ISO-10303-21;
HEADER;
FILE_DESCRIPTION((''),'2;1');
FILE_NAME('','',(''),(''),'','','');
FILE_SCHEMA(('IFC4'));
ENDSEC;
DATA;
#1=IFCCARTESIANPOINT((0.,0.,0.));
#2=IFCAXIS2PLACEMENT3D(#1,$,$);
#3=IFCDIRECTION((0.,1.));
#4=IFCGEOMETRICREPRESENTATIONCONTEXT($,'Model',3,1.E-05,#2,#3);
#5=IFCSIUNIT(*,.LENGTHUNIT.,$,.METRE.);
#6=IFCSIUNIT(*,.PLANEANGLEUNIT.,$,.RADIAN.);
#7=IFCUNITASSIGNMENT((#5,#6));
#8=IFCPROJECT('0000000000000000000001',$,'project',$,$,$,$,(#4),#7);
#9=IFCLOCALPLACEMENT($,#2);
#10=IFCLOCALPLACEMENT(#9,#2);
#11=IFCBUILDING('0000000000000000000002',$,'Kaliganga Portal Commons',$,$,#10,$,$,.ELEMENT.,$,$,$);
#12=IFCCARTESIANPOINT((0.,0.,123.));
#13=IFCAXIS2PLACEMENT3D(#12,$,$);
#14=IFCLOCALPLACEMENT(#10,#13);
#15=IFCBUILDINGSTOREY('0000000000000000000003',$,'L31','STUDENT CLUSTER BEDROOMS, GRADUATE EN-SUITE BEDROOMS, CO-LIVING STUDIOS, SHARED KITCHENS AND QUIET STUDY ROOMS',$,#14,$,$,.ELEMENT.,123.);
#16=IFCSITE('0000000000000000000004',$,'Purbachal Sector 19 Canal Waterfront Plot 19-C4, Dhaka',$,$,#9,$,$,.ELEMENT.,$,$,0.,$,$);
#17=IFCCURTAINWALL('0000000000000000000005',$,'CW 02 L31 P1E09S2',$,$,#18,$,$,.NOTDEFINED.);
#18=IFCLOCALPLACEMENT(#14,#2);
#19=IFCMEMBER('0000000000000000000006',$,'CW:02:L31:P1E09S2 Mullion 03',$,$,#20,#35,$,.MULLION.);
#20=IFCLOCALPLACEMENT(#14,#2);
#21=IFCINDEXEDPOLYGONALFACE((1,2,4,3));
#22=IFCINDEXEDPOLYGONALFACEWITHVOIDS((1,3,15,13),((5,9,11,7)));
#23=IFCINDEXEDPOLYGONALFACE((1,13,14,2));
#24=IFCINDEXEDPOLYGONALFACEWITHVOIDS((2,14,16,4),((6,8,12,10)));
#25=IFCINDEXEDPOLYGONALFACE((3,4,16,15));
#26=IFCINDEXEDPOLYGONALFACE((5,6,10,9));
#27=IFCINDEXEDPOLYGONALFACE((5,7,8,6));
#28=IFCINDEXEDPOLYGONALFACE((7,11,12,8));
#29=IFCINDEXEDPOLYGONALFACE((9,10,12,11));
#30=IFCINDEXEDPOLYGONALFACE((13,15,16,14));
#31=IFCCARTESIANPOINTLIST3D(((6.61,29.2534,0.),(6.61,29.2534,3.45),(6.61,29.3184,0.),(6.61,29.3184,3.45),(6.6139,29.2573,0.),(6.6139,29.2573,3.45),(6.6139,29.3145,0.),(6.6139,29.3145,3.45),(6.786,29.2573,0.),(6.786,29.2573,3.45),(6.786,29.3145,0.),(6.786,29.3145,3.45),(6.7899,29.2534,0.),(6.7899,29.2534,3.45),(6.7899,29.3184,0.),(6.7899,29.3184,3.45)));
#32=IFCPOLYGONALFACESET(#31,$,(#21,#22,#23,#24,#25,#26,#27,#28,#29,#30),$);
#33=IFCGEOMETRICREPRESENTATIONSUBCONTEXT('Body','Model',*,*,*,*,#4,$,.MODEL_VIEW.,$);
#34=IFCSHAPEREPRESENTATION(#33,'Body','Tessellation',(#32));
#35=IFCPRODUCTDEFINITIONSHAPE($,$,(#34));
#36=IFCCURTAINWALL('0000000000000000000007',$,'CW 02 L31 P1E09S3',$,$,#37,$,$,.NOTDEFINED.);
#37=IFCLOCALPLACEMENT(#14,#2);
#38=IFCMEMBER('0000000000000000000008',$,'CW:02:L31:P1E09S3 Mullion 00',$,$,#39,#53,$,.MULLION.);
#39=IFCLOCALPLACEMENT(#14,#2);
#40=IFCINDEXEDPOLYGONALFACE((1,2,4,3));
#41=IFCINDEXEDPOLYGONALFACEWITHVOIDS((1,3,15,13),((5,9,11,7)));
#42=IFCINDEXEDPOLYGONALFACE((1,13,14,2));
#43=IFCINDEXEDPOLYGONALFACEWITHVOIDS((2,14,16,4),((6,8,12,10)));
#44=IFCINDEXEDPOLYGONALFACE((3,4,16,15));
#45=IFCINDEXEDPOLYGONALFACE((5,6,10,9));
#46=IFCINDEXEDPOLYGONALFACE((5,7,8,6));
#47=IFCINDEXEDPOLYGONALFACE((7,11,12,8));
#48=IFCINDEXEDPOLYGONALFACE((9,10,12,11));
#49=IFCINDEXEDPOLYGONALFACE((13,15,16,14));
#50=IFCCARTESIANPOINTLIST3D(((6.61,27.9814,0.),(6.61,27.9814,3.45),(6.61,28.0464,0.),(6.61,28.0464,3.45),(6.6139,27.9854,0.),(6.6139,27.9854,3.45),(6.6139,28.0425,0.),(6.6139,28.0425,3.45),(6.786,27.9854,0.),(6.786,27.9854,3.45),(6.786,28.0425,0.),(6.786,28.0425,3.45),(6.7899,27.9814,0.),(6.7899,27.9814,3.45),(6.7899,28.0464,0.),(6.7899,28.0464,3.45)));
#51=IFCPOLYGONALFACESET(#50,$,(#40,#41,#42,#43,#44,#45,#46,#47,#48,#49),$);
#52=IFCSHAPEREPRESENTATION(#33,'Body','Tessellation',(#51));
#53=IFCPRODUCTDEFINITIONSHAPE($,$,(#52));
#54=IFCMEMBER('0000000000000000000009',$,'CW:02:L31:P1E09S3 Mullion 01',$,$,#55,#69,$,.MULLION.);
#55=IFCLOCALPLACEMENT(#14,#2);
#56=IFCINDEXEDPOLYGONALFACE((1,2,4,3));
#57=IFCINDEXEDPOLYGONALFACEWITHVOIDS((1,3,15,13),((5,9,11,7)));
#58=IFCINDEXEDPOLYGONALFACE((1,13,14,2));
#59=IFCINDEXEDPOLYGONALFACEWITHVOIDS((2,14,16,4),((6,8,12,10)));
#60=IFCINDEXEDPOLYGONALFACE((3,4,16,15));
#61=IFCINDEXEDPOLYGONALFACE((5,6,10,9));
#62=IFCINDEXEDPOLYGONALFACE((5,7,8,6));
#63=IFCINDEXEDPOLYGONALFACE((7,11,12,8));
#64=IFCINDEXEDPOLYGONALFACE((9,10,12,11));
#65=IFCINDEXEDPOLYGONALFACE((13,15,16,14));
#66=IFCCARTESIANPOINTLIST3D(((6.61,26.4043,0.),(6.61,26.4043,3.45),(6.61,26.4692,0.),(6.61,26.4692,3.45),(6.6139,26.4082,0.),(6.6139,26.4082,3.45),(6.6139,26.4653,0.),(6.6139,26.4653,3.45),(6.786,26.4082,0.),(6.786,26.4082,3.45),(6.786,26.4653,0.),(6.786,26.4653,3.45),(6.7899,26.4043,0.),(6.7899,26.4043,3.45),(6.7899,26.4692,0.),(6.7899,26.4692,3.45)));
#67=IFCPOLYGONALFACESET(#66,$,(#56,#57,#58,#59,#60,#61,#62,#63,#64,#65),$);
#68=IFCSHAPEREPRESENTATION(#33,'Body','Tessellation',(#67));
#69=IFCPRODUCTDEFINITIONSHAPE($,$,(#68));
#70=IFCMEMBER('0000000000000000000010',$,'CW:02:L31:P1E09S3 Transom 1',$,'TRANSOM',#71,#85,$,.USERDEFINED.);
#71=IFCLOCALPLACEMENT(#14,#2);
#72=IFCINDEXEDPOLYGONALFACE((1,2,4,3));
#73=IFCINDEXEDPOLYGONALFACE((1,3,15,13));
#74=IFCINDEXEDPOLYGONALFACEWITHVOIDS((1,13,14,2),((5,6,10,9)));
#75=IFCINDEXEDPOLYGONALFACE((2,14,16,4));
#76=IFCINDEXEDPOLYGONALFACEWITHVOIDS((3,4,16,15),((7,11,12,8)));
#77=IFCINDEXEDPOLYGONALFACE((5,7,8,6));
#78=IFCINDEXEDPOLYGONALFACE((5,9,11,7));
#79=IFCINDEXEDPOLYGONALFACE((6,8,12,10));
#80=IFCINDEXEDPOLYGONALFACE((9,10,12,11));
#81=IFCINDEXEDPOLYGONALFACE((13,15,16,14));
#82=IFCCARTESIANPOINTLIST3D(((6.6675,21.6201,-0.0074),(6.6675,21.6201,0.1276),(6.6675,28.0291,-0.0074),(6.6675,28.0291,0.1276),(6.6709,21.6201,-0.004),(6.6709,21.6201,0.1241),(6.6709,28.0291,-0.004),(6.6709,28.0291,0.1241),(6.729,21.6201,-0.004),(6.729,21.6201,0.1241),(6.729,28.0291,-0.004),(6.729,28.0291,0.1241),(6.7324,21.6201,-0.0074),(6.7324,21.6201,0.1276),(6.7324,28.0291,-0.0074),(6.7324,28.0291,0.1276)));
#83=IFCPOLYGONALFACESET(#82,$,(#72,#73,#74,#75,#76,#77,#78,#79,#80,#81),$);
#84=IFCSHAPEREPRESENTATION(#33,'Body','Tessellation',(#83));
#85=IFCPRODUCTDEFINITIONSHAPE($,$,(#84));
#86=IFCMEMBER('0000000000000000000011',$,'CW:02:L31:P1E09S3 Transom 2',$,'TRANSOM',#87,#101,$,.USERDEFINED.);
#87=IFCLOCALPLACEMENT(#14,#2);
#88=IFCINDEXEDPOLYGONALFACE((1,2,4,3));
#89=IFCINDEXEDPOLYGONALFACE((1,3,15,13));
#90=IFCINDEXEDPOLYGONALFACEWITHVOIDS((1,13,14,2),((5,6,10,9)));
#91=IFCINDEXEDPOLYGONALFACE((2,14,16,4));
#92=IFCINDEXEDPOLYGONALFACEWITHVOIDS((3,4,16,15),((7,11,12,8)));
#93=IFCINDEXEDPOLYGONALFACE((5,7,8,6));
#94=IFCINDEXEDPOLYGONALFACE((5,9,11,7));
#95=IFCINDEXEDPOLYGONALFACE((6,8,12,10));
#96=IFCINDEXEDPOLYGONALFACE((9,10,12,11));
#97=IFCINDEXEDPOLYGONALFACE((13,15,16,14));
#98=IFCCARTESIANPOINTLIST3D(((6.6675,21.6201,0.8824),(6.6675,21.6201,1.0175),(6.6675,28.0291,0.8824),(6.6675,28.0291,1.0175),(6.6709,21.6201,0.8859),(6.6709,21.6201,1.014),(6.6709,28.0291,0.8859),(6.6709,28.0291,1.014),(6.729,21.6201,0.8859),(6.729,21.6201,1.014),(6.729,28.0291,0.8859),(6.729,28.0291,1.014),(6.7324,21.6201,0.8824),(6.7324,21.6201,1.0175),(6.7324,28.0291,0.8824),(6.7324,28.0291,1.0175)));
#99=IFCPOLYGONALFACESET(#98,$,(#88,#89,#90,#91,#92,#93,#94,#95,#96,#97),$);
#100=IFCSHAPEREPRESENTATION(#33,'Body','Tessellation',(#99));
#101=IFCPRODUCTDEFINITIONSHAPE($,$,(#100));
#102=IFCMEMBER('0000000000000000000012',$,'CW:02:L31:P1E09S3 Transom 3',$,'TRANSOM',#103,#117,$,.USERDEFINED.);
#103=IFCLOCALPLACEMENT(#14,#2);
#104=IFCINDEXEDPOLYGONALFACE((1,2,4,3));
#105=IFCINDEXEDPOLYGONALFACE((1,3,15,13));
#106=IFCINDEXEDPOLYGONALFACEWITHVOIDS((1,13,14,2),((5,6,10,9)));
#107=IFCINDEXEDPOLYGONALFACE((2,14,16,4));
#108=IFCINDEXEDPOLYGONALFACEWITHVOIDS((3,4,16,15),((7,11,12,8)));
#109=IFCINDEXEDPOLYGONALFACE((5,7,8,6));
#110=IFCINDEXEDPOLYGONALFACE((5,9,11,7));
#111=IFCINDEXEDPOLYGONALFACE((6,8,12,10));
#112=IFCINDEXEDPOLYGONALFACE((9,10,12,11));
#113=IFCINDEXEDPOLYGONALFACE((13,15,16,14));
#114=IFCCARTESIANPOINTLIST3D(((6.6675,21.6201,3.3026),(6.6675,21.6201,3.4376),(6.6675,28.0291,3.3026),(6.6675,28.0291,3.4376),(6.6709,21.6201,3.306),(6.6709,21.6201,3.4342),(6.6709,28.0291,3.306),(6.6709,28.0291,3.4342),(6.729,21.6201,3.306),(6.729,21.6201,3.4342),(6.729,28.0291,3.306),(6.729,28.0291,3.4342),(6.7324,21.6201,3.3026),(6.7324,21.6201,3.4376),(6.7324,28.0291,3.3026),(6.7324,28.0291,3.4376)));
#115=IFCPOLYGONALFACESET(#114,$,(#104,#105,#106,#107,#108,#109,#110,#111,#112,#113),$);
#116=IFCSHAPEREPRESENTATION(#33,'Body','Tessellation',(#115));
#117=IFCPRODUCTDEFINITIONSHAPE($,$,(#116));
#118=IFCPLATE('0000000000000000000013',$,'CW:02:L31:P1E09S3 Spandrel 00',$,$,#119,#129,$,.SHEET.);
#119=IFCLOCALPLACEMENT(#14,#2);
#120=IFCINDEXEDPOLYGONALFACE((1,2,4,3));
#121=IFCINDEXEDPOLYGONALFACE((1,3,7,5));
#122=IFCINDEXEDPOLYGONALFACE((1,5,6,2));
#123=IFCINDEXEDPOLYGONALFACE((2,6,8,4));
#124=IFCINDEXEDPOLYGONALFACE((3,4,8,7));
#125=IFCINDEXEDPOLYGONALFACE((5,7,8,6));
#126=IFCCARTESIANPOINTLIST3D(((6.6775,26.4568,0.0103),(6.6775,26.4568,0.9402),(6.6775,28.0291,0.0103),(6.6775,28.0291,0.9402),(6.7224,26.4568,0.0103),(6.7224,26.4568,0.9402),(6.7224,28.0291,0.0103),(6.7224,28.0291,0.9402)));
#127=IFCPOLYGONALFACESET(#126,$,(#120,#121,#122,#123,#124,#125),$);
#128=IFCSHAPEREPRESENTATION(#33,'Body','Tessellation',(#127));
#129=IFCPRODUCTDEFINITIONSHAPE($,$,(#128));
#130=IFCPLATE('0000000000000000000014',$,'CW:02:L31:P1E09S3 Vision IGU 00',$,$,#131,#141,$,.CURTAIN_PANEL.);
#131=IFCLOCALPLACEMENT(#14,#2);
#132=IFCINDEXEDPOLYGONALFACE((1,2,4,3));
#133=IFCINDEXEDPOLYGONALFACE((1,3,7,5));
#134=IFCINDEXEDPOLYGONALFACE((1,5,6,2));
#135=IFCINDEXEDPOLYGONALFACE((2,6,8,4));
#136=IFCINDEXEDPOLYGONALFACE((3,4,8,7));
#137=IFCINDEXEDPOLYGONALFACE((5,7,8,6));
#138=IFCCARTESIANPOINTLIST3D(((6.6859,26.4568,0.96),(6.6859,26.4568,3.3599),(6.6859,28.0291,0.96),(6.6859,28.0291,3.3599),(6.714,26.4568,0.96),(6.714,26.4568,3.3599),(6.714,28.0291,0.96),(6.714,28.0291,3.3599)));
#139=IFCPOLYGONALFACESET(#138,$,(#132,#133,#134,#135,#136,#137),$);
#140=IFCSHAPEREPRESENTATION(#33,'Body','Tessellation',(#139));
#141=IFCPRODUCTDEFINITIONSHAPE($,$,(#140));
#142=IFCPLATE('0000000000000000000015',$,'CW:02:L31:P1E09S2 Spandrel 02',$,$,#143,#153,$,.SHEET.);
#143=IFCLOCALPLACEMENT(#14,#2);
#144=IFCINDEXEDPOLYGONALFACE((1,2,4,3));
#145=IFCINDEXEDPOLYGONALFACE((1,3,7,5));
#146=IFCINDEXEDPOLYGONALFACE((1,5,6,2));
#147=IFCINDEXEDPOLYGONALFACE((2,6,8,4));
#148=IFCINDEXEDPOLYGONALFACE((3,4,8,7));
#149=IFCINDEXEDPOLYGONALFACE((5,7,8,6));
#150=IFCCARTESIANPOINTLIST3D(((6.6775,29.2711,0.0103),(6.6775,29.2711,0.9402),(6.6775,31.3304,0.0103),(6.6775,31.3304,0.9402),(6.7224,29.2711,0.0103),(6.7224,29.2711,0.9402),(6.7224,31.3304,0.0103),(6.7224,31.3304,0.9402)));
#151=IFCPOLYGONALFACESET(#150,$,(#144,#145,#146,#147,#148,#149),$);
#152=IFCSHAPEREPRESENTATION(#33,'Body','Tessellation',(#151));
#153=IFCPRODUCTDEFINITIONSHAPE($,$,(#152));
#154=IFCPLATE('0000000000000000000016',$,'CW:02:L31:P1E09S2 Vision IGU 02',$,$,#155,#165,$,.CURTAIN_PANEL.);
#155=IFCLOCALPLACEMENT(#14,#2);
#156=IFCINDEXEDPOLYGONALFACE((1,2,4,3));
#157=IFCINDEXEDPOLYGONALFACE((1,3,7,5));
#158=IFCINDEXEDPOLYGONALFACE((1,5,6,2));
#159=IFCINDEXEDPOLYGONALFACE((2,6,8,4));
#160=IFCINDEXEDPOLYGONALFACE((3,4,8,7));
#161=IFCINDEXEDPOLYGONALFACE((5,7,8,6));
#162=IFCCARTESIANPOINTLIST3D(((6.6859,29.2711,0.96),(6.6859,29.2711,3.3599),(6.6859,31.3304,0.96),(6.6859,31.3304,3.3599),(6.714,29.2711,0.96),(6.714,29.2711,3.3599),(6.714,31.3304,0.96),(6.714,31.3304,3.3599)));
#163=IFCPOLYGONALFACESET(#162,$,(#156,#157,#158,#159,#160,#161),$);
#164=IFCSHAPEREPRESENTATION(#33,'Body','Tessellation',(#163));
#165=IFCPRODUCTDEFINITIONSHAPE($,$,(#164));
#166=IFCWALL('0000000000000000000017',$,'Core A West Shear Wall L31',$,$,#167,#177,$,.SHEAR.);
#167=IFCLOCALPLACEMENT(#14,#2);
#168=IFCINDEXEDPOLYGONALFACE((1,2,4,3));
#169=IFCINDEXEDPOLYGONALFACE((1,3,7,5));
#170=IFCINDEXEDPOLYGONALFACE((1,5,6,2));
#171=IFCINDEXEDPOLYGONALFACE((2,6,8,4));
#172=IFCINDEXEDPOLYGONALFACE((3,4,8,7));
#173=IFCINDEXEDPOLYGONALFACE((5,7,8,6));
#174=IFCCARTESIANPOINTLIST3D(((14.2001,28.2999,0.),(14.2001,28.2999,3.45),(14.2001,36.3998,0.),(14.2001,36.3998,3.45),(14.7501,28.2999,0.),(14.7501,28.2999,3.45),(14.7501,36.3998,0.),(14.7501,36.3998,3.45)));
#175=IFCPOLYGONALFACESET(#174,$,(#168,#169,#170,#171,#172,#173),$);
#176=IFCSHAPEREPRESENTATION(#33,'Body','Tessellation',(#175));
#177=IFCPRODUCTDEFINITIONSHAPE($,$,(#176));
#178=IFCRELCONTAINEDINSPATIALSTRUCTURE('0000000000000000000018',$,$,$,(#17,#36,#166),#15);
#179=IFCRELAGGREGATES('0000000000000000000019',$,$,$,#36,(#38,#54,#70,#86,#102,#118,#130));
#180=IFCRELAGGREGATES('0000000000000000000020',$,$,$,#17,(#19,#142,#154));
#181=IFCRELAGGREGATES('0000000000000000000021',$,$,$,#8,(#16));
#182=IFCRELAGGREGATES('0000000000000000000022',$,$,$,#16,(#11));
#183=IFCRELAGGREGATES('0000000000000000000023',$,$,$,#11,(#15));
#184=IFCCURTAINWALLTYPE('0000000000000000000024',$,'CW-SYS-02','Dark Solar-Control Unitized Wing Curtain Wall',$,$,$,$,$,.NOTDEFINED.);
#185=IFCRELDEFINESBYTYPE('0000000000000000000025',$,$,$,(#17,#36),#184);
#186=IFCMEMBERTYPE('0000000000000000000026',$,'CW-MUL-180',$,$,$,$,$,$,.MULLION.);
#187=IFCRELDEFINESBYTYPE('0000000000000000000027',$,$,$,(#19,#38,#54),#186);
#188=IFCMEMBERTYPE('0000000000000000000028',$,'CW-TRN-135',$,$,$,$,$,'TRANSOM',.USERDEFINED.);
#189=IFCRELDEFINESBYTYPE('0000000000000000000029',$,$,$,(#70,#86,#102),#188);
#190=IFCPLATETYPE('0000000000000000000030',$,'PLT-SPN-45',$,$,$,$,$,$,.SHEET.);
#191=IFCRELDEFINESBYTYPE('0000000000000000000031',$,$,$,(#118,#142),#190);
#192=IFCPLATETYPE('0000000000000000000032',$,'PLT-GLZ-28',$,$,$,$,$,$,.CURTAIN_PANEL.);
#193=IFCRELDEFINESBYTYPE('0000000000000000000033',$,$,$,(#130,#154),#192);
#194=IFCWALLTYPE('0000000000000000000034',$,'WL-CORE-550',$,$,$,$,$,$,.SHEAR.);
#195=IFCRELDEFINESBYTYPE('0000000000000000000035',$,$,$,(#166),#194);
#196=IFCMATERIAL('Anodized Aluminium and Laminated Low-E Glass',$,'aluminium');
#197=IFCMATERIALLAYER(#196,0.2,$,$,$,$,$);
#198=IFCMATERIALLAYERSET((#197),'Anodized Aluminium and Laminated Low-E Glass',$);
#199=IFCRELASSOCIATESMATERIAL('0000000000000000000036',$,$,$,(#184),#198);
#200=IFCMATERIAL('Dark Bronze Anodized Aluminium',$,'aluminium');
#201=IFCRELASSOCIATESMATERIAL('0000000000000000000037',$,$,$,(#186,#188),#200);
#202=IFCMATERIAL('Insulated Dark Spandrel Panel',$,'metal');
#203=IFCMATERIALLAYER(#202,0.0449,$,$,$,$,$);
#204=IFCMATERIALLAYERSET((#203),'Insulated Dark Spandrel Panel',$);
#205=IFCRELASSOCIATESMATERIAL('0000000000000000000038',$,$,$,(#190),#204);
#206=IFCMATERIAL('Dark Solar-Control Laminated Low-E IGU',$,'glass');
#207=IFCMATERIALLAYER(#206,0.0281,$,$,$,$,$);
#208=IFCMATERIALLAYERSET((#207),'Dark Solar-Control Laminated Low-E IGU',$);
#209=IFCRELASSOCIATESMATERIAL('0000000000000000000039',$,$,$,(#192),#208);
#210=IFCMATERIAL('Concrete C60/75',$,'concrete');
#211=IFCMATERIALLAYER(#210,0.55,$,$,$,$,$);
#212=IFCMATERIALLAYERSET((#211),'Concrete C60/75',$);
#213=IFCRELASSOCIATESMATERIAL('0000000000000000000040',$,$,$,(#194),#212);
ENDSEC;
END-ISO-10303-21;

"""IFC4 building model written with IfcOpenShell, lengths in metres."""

from ifc_helpers import new_model, si_unit, direction, frame, frame_2d, origin, origin_2d, place, context, subcontext, project, spatial, rectangle, hollow_rectangle, extrude, source, transform, mapped, material, layer, layer_set, material_profile, profile_set, type_object, element, aggregate, save


model = new_model("IFC4")

# Units and contexts
model_context = context("Model", 3, precision=1e-05, world=origin(), true_north=direction((0.0, 1.0)))
body_context = subcontext(model_context, "Body", "Model", "MODEL_VIEW")
ifc_project = project(units=[si_unit("LENGTHUNIT", "METRE"), si_unit("PLANEANGLEUNIT", "RADIAN")], contexts=[model_context])

# Site, building, storey
site_placement = place(None, origin())
site = spatial("IfcSite", under=ifc_project, at=site_placement, Name="Purbachal Sector 19 Canal Waterfront Plot 19-C4, Dhaka", CompositionType="ELEMENT", RefElevation=0.0)
building_placement = place(site_placement, origin())
building = spatial("IfcBuilding", under=site, at=building_placement, Name="Kaliganga Portal Commons", CompositionType="ELEMENT")
storey_placement = place(building_placement, frame((0.0, 0.0, 123.0)))
storey = spatial("IfcBuildingStorey", under=building, at=storey_placement, Name="L31", Description="STUDENT CLUSTER BEDROOMS, GRADUATE EN-SUITE BEDROOMS, CO-LIVING STUDIOS, SHARED KITCHENS AND QUIET STUDY ROOMS", CompositionType="ELEMENT", Elevation=123.0)

# Shared definitions
ifc_material_1 = material(Name="Concrete C60/75", Category="concrete")

# Curtain wall, member
ifc_material_2 = material(Name="Anodized Aluminium and Laminated Low-E Glass", Category="aluminium")
ifc_layer_1 = layer(ifc_material_2, 0.2)
ifc_layer_set_1 = layer_set([ifc_layer_1], Name="Anodized Aluminium and Laminated Low-E Glass")
curtain_wall_type = type_object("IfcCurtainWallType", Name="CW-SYS-02", Description="Dark Solar-Control Unitized Wing Curtain Wall", PredefinedType="NOTDEFINED", material=ifc_layer_set_1)
curtain_wall_1_placement = place(storey_placement, origin())
curtain_wall_1 = element("IfcCurtainWall", 1, at=curtain_wall_1_placement, inside=storey, type_object=curtain_wall_type, Name="CW 02 L31 P1E09S2", PredefinedType="NOTDEFINED")
ifc_material_3 = material(Name="Dark Bronze Anodized Aluminium", Category="aluminium")
ifc_material_profile_1 = material_profile(ifc_material_3, hollow_rectangle(XDim=0.0649, YDim=0.1799, WallThickness=0.0039, at=origin_2d()), Name="ALU MULL 65x180x4")
ifc_profile_set_1 = profile_set([ifc_material_profile_1], Name="Dark Bronze Anodized Aluminium")
member_type_1 = type_object("IfcMemberType", Name="CW-MUL-180", PredefinedType="MULLION", material=ifc_profile_set_1)
shared_shape_1 = source(origin(), body_context, "Body", "SweptSolid", [
    extrude(hollow_rectangle(XDim=0.0649, YDim=0.1799, WallThickness=0.0039, at=origin_2d()), origin(), (0.0, 0.0, 1.0), 3.45),
])
member_1_placement = place(storey_placement, frame((6.7, 29.2859, 0.0), z_axis=(0.0, 0.0, 1.0), x_axis=(0.0, -1.0, 0.0)))
member_1 = element("IfcMember", 2, at=member_1_placement, type_object=member_type_1, Name="CW:02:L31:P1E09S2 Mullion 03", PredefinedType="MULLION", context=body_context, shape_type="MappedRepresentation", body=[
    mapped(shared_shape_1, transform((0.0, 0.0, 0.0), x_axis=(1.0, 0.0, 0.0), y_axis=(0.0, 1.0, 0.0), z_axis=(0.0, 0.0, 1.0), scale=1.0)),
])

# Curtain wall, members, plates
curtain_wall_2_placement = place(storey_placement, origin())
curtain_wall_2 = element("IfcCurtainWall", 3, at=curtain_wall_2_placement, inside=storey, type_object=curtain_wall_type, Name="CW 02 L31 P1E09S3", PredefinedType="NOTDEFINED")
member_2_placement = place(storey_placement, frame((6.7, 28.0139, 0.0), z_axis=(0.0, 0.0, 1.0), x_axis=(0.0, -1.0, 0.0)))
member_2 = element("IfcMember", 4, at=member_2_placement, type_object=member_type_1, Name="CW:02:L31:P1E09S3 Mullion 00", PredefinedType="MULLION", context=body_context, shape_type="MappedRepresentation", body=[
    mapped(shared_shape_1, transform((0.0, 0.0, 0.0), x_axis=(1.0, 0.0, 0.0), y_axis=(0.0, 1.0, 0.0), z_axis=(0.0, 0.0, 1.0), scale=1.0)),
])
member_3_placement = place(storey_placement, frame((6.7, 26.4368, 0.0), z_axis=(0.0, 0.0, 1.0), x_axis=(0.0, -1.0, 0.0)))
member_3 = element("IfcMember", 5, at=member_3_placement, type_object=member_type_1, Name="CW:02:L31:P1E09S3 Mullion 01", PredefinedType="MULLION", context=body_context, shape_type="MappedRepresentation", body=[
    mapped(shared_shape_1, transform((0.0, 0.0, 0.0), x_axis=(1.0, 0.0, 0.0), y_axis=(0.0, 1.0, 0.0), z_axis=(0.0, 0.0, 1.0), scale=1.0)),
])
ifc_material_profile_2 = material_profile(ifc_material_3, hollow_rectangle(XDim=0.0649, YDim=0.135, WallThickness=0.0034, at=origin_2d()), Name="ALU TRAN 65x135x3.5")
ifc_profile_set_2 = profile_set([ifc_material_profile_2], Name="Dark Bronze Anodized Aluminium")
member_type_2 = type_object("IfcMemberType", Name="CW-TRN-135", ElementType="TRANSOM", PredefinedType="USERDEFINED", material=ifc_profile_set_2)
shared_shape_2 = source(origin(), body_context, "Body", "SweptSolid", [
    extrude(hollow_rectangle(XDim=0.0649, YDim=0.135, WallThickness=0.0034, at=origin_2d()), origin(), (0.0, 0.0, 1.0), 6.4089),
])
member_4_placement = place(storey_placement, frame((6.7, 28.0291, 0.0601), z_axis=(0.0, -1.0, 0.0), x_axis=(1.0, 0.0, 0.0)))
member_4 = element("IfcMember", 6, at=member_4_placement, type_object=member_type_2, Name="CW:02:L31:P1E09S3 Transom 1", ObjectType="TRANSOM", PredefinedType="USERDEFINED", context=body_context, shape_type="MappedRepresentation", body=[
    mapped(shared_shape_2, transform((0.0, 0.0, 0.0), x_axis=(1.0, 0.0, 0.0), y_axis=(0.0, 1.0, 0.0), z_axis=(0.0, 0.0, 1.0), scale=1.0)),
])
member_5_placement = place(storey_placement, frame((6.7, 28.0291, 0.95), z_axis=(0.0, -1.0, 0.0), x_axis=(1.0, 0.0, 0.0)))
member_5 = element("IfcMember", 7, at=member_5_placement, type_object=member_type_2, Name="CW:02:L31:P1E09S3 Transom 2", ObjectType="TRANSOM", PredefinedType="USERDEFINED", context=body_context, shape_type="MappedRepresentation", body=[
    mapped(shared_shape_2, transform((0.0, 0.0, 0.0), x_axis=(1.0, 0.0, 0.0), y_axis=(0.0, 1.0, 0.0), z_axis=(0.0, 0.0, 1.0), scale=1.0)),
])
member_6_placement = place(storey_placement, frame((6.7, 28.0291, 3.3701), z_axis=(0.0, -1.0, 0.0), x_axis=(1.0, 0.0, 0.0)))
member_6 = element("IfcMember", 8, at=member_6_placement, type_object=member_type_2, Name="CW:02:L31:P1E09S3 Transom 3", ObjectType="TRANSOM", PredefinedType="USERDEFINED", context=body_context, shape_type="MappedRepresentation", body=[
    mapped(shared_shape_2, transform((0.0, 0.0, 0.0), x_axis=(1.0, 0.0, 0.0), y_axis=(0.0, 1.0, 0.0), z_axis=(0.0, 0.0, 1.0), scale=1.0)),
])
ifc_material_4 = material(Name="Insulated Dark Spandrel Panel", Category="metal")
ifc_layer_2 = layer(ifc_material_4, 0.0449)
ifc_layer_set_2 = layer_set([ifc_layer_2], Name="Insulated Dark Spandrel Panel")
plate_type_1 = type_object("IfcPlateType", Name="PLT-SPN-45", PredefinedType="SHEET", material=ifc_layer_set_2)
shared_shape_3 = source(origin(), body_context, "Body", "SweptSolid", [
    extrude(rectangle(XDim=1.5723, YDim=0.0449, at=origin_2d()), origin(), (0.0, 0.0, 1.0), 0.9299),
])
plate_1_placement = place(storey_placement, frame((6.7, 27.2429, 0.0103), z_axis=(0.0, 0.0, 1.0), x_axis=(0.0, -1.0, 0.0)))
plate_1 = element("IfcPlate", 9, at=plate_1_placement, type_object=plate_type_1, Name="CW:02:L31:P1E09S3 Spandrel 00", PredefinedType="SHEET", context=body_context, shape_type="MappedRepresentation", body=[
    mapped(shared_shape_3, transform((0.0, 0.0, 0.0), x_axis=(1.0, 0.0, 0.0), y_axis=(0.0, 1.0, 0.0), z_axis=(0.0, 0.0, 1.0), scale=1.0)),
])
ifc_material_5 = material(Name="Dark Solar-Control Laminated Low-E IGU", Category="glass")
ifc_layer_3 = layer(ifc_material_5, 0.0281)
ifc_layer_set_3 = layer_set([ifc_layer_3], Name="Dark Solar-Control Laminated Low-E IGU")
plate_type_2 = type_object("IfcPlateType", Name="PLT-GLZ-28", PredefinedType="CURTAIN_PANEL", material=ifc_layer_set_3)
shared_shape_4 = source(origin(), body_context, "Body", "SweptSolid", [
    extrude(rectangle(XDim=1.5723, YDim=0.0281, at=origin_2d()), origin(), (0.0, 0.0, 1.0), 2.3999),
])
plate_2_placement = place(storey_placement, frame((6.7, 27.2429, 0.96), z_axis=(0.0, 0.0, 1.0), x_axis=(0.0, -1.0, 0.0)))
plate_2 = element("IfcPlate", 10, at=plate_2_placement, type_object=plate_type_2, Name="CW:02:L31:P1E09S3 Vision IGU 00", PredefinedType="CURTAIN_PANEL", context=body_context, shape_type="MappedRepresentation", body=[
    mapped(shared_shape_4, transform((0.0, 0.0, 0.0), x_axis=(1.0, 0.0, 0.0), y_axis=(0.0, 1.0, 0.0), z_axis=(0.0, 0.0, 1.0), scale=1.0)),
])
aggregate(curtain_wall_2, [member_2, member_3, member_4, member_5, member_6, plate_1, plate_2])

# Plates
shared_shape_5 = source(origin(), body_context, "Body", "SweptSolid", [
    extrude(rectangle(XDim=2.0593, YDim=0.0449, at=origin_2d()), origin(), (0.0, 0.0, 1.0), 0.9299),
])
plate_3_placement = place(storey_placement, frame((6.7, 30.3008, 0.0103), z_axis=(0.0, 0.0, 1.0), x_axis=(0.0, -1.0, 0.0)))
plate_3 = element("IfcPlate", 11, at=plate_3_placement, type_object=plate_type_1, Name="CW:02:L31:P1E09S2 Spandrel 02", PredefinedType="SHEET", context=body_context, shape_type="MappedRepresentation", body=[
    mapped(shared_shape_5, transform((0.0, 0.0, 0.0), x_axis=(1.0, 0.0, 0.0), y_axis=(0.0, 1.0, 0.0), z_axis=(0.0, 0.0, 1.0), scale=1.0)),
])
shared_shape_6 = source(origin(), body_context, "Body", "SweptSolid", [
    extrude(rectangle(XDim=2.0593, YDim=0.0281, at=origin_2d()), origin(), (0.0, 0.0, 1.0), 2.3999),
])
plate_4_placement = place(storey_placement, frame((6.7, 30.3008, 0.96), z_axis=(0.0, 0.0, 1.0), x_axis=(0.0, -1.0, 0.0)))
plate_4 = element("IfcPlate", 12, at=plate_4_placement, type_object=plate_type_2, Name="CW:02:L31:P1E09S2 Vision IGU 02", PredefinedType="CURTAIN_PANEL", context=body_context, shape_type="MappedRepresentation", body=[
    mapped(shared_shape_6, transform((0.0, 0.0, 0.0), x_axis=(1.0, 0.0, 0.0), y_axis=(0.0, 1.0, 0.0), z_axis=(0.0, 0.0, 1.0), scale=1.0)),
])
aggregate(curtain_wall_1, [member_1, plate_3, plate_4])

# Wall
ifc_layer_4 = layer(ifc_material_1, 0.55)
ifc_layer_set_4 = layer_set([ifc_layer_4], Name="Concrete C60/75")
wall_type_1 = type_object("IfcWallType", Name="WL-CORE-550", PredefinedType="SHEAR", material=ifc_layer_set_4)
wall_1_placement = place(storey_placement, frame((14.4751, 28.3, 0.0), z_axis=(0.0, 0.0, 1.0), x_axis=(0.0, 1.0, 0.0)))
element("IfcWall", 13, at=wall_1_placement, inside=storey, type_object=wall_type_1, Name="Core A West Shear Wall L31", PredefinedType="SHEAR", context=body_context, shape_type="SweptSolid", body=[
    extrude(rectangle(XDim=8.0999, YDim=0.55, at=frame_2d((4.0498, 0.0))), origin(), (0.0, 0.0, 1.0), 3.45),
])

save(model, "model.ifc")
